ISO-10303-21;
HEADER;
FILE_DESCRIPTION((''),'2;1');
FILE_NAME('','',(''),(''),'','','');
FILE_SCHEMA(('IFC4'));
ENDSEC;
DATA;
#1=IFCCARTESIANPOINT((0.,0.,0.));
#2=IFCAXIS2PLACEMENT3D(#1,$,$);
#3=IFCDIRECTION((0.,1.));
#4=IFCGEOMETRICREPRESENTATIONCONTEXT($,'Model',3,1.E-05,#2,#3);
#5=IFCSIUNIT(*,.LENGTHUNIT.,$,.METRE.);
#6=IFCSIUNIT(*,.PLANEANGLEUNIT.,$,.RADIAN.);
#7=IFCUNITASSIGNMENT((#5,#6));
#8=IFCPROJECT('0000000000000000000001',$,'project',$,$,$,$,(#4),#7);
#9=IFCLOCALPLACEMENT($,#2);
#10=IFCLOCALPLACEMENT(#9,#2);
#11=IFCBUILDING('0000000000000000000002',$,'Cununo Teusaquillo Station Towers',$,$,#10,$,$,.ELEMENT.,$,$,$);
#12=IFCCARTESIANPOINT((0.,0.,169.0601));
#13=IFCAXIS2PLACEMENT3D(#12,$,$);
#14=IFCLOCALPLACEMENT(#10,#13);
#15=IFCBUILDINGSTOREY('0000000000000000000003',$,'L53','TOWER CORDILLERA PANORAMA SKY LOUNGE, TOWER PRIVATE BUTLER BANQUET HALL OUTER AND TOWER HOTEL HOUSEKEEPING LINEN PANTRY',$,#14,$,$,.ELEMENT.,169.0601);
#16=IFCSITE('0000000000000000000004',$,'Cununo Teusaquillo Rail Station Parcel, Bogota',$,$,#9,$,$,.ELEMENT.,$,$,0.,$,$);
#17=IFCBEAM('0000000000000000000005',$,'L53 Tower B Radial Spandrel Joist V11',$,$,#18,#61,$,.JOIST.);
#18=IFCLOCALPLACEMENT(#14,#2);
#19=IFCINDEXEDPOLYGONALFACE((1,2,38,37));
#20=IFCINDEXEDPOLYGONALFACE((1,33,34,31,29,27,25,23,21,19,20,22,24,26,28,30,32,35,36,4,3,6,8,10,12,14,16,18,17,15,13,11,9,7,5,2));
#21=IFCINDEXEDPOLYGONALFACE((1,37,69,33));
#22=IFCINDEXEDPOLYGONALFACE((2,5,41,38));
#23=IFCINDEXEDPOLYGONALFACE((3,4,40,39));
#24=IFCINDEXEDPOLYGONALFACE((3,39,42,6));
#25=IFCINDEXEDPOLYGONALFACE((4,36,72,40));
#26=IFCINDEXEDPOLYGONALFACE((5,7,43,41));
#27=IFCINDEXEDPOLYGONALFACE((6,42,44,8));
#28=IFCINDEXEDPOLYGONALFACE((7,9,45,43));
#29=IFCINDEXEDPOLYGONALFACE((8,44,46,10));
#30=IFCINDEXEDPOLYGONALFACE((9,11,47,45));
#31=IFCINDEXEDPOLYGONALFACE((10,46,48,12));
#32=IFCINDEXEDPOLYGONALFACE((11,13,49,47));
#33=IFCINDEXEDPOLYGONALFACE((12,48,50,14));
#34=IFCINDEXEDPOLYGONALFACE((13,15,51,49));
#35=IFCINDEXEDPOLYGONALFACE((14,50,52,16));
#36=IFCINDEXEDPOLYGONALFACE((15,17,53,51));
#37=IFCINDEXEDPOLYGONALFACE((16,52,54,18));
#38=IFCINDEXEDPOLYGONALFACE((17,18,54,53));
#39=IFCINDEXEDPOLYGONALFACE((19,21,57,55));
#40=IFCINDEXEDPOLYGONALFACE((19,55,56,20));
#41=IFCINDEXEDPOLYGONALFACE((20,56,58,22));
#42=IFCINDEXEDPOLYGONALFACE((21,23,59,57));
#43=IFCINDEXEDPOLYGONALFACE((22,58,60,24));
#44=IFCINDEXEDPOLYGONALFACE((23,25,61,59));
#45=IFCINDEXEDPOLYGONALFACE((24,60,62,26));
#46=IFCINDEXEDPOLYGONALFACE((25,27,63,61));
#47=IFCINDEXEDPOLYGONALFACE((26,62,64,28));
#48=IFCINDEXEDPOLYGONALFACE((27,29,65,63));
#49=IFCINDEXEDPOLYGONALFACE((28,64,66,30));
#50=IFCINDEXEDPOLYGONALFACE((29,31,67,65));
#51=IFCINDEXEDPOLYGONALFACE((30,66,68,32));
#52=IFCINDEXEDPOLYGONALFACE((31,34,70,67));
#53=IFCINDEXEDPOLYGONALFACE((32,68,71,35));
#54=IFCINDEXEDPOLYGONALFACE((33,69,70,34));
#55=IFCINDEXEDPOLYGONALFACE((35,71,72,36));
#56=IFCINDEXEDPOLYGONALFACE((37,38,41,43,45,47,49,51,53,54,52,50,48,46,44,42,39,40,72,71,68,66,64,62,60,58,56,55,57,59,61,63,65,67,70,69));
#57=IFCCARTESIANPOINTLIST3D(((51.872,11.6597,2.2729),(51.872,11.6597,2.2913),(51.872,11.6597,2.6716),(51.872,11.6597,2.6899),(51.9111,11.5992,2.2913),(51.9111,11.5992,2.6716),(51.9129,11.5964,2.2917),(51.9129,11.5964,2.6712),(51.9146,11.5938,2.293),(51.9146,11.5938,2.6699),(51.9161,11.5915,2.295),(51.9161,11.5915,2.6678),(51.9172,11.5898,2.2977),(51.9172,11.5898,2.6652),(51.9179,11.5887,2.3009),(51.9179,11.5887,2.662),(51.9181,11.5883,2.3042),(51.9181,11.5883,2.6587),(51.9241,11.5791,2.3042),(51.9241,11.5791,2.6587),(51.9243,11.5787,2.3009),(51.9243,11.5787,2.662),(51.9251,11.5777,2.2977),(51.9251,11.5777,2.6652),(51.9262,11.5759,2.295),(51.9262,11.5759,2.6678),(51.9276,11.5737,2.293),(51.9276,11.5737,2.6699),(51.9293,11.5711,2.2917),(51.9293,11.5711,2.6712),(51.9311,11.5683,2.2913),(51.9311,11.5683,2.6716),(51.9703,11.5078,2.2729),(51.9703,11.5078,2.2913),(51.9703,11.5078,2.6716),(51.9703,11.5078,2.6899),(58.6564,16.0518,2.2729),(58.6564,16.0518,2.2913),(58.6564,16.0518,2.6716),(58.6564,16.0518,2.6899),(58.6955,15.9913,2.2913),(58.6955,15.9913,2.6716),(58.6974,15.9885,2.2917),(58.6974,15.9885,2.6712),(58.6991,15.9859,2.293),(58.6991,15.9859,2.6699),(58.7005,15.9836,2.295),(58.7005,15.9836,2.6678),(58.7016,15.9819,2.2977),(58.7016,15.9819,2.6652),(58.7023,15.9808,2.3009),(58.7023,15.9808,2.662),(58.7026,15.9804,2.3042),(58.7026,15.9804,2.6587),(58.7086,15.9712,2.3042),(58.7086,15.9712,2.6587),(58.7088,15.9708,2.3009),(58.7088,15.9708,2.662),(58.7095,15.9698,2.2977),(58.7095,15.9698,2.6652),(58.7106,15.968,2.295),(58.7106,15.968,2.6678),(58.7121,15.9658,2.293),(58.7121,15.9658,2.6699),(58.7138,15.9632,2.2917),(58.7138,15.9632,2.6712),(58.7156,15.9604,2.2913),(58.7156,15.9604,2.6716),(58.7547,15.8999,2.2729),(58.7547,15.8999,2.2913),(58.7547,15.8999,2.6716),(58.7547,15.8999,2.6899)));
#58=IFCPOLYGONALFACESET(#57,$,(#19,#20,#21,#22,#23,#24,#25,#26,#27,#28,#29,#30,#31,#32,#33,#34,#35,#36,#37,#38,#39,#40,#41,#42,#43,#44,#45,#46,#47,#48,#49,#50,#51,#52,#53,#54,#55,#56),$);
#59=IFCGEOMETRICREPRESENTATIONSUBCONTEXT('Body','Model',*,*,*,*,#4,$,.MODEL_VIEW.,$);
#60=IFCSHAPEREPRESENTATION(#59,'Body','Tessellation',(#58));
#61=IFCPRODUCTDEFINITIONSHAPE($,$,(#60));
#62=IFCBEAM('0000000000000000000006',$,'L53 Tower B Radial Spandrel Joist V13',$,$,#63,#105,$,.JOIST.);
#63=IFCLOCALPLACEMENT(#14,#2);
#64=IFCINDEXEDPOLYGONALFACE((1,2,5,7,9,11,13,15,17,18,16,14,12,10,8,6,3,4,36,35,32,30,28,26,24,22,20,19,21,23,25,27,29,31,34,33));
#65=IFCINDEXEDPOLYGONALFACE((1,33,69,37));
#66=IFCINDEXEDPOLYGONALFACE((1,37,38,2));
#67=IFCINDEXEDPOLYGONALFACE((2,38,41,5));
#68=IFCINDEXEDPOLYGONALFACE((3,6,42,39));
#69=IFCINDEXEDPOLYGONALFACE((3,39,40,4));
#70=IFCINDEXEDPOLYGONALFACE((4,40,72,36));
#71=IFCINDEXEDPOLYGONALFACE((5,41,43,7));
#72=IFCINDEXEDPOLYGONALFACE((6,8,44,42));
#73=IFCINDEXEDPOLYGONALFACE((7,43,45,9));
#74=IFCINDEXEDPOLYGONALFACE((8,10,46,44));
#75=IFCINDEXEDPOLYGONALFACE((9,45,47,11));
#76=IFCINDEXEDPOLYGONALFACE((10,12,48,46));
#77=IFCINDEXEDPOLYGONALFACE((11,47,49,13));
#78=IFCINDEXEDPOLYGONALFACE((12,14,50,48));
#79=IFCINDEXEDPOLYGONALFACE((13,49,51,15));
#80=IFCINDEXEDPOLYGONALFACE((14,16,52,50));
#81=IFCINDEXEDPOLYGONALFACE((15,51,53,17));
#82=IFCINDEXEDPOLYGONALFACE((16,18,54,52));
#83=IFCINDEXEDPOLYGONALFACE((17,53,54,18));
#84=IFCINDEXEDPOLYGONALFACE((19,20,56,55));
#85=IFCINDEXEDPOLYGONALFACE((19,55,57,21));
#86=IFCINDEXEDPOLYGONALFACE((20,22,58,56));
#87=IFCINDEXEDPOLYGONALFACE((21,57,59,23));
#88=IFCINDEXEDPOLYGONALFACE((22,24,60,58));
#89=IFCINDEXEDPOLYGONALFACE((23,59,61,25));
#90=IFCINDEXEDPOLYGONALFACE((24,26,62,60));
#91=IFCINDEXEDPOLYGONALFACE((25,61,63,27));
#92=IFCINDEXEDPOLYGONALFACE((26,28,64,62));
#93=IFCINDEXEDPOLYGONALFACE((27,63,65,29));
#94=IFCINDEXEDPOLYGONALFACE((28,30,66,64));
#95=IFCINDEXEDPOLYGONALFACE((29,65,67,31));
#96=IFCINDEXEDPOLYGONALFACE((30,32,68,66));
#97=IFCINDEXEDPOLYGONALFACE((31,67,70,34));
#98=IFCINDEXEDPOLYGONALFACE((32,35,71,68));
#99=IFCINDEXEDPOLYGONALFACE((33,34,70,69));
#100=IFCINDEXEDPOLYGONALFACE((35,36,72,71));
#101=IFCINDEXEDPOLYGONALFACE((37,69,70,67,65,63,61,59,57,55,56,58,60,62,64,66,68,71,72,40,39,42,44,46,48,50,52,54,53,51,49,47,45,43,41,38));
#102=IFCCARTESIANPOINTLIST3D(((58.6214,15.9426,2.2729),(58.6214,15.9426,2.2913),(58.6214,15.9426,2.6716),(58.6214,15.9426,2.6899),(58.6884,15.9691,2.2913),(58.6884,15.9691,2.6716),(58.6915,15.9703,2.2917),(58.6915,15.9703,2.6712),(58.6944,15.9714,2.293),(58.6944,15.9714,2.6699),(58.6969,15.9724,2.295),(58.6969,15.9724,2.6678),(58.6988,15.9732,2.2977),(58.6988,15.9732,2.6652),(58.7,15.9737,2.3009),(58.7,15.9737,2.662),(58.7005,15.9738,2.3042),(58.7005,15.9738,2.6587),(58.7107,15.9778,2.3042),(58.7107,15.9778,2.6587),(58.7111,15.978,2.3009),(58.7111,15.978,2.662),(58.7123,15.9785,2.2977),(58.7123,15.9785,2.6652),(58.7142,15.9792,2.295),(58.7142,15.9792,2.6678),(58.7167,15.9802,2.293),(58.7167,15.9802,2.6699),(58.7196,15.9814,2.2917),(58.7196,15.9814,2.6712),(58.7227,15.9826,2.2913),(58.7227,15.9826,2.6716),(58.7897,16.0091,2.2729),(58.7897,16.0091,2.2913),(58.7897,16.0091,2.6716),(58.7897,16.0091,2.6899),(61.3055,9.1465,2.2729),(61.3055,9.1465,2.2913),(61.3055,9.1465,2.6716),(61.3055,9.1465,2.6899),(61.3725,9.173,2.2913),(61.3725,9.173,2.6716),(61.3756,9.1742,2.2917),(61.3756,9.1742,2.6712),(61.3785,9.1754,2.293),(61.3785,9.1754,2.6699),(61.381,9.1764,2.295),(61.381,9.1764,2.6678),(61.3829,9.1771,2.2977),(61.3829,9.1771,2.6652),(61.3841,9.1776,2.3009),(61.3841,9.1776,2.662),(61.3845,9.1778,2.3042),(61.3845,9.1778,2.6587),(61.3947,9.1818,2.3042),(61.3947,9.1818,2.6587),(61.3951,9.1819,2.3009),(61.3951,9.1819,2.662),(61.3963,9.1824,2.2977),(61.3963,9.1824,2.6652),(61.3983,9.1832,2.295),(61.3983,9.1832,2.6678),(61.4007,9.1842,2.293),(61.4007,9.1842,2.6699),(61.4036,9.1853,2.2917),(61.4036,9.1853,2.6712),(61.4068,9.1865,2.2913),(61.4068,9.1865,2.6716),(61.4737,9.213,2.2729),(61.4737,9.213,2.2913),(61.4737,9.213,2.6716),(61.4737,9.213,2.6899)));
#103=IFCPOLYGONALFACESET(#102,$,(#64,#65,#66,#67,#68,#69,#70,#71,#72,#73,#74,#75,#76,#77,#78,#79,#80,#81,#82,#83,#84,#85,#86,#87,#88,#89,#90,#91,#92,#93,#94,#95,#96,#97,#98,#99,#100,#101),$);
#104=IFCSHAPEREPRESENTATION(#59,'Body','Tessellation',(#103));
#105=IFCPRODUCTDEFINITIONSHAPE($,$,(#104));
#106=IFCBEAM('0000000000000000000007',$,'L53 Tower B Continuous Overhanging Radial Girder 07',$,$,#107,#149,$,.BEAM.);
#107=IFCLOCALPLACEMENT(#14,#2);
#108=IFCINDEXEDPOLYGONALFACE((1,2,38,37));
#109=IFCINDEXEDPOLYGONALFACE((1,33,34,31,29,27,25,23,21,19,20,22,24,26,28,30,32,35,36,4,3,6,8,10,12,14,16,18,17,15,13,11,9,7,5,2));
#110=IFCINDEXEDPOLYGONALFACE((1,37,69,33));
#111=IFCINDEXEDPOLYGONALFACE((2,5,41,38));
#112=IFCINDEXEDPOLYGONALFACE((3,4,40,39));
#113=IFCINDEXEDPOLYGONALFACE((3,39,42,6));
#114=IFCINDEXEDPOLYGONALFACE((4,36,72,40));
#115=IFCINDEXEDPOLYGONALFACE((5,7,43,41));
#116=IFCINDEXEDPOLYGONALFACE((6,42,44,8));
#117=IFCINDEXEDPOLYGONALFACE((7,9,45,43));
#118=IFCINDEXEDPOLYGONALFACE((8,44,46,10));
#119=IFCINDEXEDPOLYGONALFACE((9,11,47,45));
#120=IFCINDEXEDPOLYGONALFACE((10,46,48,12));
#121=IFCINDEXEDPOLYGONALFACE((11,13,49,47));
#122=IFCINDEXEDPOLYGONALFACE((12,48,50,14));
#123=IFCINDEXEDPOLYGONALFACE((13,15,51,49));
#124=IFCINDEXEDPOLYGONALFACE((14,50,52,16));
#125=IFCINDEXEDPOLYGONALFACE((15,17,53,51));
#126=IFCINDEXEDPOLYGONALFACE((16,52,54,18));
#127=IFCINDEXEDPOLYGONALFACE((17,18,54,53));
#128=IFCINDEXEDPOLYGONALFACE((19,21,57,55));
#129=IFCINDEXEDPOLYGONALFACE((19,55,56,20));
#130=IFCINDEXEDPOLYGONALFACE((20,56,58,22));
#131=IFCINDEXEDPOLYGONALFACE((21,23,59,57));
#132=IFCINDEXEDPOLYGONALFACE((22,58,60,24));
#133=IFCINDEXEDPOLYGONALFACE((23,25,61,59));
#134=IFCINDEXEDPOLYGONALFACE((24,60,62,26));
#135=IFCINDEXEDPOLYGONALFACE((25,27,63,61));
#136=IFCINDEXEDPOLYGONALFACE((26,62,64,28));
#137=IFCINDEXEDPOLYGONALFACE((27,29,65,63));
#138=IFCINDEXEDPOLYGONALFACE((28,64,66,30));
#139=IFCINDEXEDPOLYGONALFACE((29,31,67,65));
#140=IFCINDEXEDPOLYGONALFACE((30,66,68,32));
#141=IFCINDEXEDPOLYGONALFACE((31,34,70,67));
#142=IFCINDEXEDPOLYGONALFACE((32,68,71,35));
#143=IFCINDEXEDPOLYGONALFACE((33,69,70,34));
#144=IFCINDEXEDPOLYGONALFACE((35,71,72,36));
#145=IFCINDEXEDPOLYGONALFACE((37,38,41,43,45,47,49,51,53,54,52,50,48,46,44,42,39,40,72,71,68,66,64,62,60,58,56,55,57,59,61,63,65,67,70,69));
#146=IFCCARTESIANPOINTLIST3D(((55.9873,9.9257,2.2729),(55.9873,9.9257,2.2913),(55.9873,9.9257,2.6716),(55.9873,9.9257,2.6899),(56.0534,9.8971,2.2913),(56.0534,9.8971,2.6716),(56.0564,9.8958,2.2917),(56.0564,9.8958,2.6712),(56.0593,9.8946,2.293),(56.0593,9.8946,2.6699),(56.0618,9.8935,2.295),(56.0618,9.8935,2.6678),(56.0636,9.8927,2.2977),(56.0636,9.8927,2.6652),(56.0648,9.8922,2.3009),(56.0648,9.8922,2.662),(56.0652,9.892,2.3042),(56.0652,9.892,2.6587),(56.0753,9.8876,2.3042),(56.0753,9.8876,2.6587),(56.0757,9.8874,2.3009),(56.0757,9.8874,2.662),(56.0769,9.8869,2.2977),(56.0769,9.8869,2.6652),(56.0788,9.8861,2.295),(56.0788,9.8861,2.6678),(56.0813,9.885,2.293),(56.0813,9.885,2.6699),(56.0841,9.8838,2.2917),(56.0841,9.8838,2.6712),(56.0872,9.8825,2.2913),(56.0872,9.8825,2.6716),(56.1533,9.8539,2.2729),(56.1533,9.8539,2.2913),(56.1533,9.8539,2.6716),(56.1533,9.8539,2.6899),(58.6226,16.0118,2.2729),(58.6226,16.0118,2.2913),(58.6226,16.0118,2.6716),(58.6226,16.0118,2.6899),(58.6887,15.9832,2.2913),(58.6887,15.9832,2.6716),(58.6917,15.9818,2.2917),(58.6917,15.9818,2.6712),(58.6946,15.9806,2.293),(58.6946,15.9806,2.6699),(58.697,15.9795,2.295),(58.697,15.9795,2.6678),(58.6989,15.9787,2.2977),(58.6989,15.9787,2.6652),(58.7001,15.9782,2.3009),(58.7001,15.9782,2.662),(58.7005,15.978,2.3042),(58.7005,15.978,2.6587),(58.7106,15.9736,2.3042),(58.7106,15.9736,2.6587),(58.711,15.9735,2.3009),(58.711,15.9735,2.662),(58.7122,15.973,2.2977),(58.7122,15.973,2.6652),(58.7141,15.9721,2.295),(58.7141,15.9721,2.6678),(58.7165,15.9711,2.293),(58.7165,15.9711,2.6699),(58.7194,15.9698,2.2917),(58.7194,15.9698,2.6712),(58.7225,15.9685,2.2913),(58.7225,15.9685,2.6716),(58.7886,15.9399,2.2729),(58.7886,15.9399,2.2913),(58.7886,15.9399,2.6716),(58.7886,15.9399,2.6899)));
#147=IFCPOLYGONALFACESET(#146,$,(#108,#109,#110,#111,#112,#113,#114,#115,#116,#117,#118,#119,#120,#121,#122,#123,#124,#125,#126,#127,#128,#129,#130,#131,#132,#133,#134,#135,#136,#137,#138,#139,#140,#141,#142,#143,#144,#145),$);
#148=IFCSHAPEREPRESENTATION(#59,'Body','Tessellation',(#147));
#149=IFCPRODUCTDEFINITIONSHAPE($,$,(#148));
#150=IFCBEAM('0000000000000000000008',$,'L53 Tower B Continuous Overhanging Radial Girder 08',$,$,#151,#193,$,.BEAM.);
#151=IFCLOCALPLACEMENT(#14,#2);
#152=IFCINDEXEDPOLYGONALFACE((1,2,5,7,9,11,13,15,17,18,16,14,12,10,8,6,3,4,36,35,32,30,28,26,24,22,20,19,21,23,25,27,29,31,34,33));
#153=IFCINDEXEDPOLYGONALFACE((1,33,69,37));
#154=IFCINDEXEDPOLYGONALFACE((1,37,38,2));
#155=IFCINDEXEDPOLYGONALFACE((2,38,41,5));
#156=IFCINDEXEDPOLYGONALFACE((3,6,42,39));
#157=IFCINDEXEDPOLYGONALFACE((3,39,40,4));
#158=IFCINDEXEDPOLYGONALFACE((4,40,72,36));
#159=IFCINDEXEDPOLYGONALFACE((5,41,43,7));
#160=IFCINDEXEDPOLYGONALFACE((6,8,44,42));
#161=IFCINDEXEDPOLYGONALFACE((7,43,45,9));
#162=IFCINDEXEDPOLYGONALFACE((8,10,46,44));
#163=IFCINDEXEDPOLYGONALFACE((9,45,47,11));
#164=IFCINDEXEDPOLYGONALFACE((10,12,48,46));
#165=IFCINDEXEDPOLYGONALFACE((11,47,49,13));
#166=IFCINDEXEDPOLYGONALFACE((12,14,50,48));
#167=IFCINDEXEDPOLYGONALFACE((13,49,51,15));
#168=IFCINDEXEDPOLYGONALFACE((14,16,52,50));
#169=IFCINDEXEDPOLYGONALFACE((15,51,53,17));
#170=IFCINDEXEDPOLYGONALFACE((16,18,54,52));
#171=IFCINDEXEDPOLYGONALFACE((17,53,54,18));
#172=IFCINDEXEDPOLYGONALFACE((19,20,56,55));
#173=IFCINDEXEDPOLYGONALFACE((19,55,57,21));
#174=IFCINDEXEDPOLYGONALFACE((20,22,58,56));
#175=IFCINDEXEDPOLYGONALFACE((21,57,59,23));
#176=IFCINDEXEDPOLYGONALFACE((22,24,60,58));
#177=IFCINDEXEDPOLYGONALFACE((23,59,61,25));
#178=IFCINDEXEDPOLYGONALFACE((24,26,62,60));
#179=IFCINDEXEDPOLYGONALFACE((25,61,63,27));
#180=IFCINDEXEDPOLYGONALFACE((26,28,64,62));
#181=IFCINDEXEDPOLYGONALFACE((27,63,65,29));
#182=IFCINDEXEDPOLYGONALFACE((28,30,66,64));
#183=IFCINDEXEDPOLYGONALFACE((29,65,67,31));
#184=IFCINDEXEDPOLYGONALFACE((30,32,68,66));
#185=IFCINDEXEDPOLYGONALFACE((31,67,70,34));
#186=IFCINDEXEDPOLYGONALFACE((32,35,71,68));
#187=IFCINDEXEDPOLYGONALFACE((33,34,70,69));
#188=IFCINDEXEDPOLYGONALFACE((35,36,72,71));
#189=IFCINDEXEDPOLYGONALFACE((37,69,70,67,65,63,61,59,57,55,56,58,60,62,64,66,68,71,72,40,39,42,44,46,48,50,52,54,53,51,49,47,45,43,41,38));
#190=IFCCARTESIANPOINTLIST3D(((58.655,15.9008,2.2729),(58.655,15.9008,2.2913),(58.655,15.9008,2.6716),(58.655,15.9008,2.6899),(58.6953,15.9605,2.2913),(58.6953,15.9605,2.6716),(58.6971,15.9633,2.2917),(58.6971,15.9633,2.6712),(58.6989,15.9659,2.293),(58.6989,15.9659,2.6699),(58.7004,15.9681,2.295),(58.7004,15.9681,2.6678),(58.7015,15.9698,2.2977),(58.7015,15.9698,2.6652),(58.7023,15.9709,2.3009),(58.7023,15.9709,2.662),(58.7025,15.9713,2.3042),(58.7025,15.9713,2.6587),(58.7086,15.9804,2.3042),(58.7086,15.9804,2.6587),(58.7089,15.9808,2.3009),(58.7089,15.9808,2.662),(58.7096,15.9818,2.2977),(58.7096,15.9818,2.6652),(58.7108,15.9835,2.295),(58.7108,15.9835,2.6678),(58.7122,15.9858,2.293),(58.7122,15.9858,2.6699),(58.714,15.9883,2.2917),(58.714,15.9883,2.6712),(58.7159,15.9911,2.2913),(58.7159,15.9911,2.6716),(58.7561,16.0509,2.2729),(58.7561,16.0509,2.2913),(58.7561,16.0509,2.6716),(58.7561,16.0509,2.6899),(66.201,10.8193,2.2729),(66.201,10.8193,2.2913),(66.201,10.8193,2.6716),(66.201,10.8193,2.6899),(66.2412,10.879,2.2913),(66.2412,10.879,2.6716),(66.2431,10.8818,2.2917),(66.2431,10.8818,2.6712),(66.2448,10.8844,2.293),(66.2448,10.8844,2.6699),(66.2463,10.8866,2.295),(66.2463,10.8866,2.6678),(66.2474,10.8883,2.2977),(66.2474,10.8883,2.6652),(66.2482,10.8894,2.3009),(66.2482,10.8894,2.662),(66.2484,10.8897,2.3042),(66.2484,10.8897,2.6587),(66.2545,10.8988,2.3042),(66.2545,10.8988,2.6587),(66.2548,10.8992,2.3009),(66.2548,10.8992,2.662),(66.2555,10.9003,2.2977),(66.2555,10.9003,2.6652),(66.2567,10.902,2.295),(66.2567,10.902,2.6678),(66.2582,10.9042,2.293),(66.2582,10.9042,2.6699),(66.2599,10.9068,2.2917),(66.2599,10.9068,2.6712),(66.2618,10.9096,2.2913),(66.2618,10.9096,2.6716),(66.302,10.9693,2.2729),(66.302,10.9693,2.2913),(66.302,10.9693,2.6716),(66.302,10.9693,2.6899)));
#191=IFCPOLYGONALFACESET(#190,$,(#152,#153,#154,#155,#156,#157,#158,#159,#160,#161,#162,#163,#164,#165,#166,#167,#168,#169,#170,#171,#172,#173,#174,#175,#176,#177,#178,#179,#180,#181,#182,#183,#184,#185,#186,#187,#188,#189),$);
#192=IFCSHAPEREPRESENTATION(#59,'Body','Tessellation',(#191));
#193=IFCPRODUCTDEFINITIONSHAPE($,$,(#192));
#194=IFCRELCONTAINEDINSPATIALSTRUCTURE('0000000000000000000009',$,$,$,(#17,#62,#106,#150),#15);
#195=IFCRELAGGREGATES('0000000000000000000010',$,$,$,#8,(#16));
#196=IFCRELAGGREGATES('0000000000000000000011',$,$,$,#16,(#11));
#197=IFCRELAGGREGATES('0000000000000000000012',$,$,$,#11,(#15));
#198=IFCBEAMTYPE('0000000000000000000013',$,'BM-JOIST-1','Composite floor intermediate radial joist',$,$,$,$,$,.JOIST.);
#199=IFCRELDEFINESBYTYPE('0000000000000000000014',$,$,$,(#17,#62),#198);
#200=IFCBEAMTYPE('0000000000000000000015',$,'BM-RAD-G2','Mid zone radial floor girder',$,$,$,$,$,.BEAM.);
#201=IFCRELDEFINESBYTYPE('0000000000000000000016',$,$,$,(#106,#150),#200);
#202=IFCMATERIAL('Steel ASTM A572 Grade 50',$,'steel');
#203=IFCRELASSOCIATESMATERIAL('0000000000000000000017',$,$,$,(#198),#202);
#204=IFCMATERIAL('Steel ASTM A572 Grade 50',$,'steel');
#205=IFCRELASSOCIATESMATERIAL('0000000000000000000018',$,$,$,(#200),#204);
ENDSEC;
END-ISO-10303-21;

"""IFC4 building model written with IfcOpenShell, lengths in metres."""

from ifc_helpers import new_model, si_unit, direction, frame, origin, origin_2d, place, context, subcontext, project, spatial, i_section, extrude, material, material_profile, profile_set, type_object, element, save


model = new_model("IFC4")

# Units and contexts
model_context = context("Model", 3, precision=1e-05, world=origin(), true_north=direction((0.0, 1.0)))
body_context = subcontext(model_context, "Body", "Model", "MODEL_VIEW")
ifc_project = project(units=[si_unit("LENGTHUNIT", "METRE"), si_unit("PLANEANGLEUNIT", "RADIAN")], contexts=[model_context])

# Site, building, storey
site_placement = place(None, origin())
site = spatial("IfcSite", under=ifc_project, at=site_placement, Name="Cununo Teusaquillo Rail Station Parcel, Bogota", CompositionType="ELEMENT", RefElevation=0.0)
building_placement = place(site_placement, origin())
building = spatial("IfcBuilding", under=site, at=building_placement, Name="Cununo Teusaquillo Station Towers", CompositionType="ELEMENT")
storey_placement = place(building_placement, frame((0.0, 0.0, 169.0601)))
storey = spatial("IfcBuildingStorey", under=building, at=storey_placement, Name="L53", Description="TOWER CORDILLERA PANORAMA SKY LOUNGE, TOWER PRIVATE BUTLER BANQUET HALL OUTER AND TOWER HOTEL HOUSEKEEPING LINEN PANTRY", CompositionType="ELEMENT", Elevation=169.0601)

# Beams
ifc_material_1 = material(Name="Steel ASTM A572 Grade 50", Category="steel")
ifc_material_profile_1 = material_profile(ifc_material_1, i_section(OverallWidth=0.1809, OverallDepth=0.417, WebThickness=0.011, FlangeThickness=0.0183, FilletRadius=0.0129, at=origin_2d()), Name="W16X57")
ifc_profile_set_1 = profile_set([ifc_material_profile_1], Name="Steel ASTM A572 Grade 50")
beam_type_1 = type_object("IfcBeamType", Name="BM-JOIST-1", Description="Composite floor intermediate radial joist", PredefinedType="JOIST", material=ifc_profile_set_1)
beam_1_placement = place(storey_placement, frame((58.7056, 15.9758, 2.4814), z_axis=(-0.839448, -0.54344, 0.0), x_axis=(0.54344, -0.839448, 0.0)))
element("IfcBeam", 1, at=beam_1_placement, inside=storey, type_object=beam_type_1, Name="L53 Tower B Radial Spandrel Joist V11", PredefinedType="JOIST", context=body_context, shape_type="SweptSolid", body=[
    extrude(i_section(OverallWidth=0.1809, OverallDepth=0.417, WebThickness=0.011, FlangeThickness=0.0183, FilletRadius=0.0129, at=origin_2d()), origin(), (0.0, 0.0, 1.0), 8.082),
])
beam_2_placement = place(storey_placement, frame((58.7056, 15.9758, 2.4814), z_axis=(0.367332, -0.93009, 0.0), x_axis=(0.93009, 0.367332, 0.0)))
element("IfcBeam", 2, at=beam_2_placement, inside=storey, type_object=beam_type_1, Name="L53 Tower B Radial Spandrel Joist V13", PredefinedType="JOIST", context=body_context, shape_type="SweptSolid", body=[
    extrude(i_section(OverallWidth=0.1809, OverallDepth=0.417, WebThickness=0.011, FlangeThickness=0.0183, FilletRadius=0.0129, at=origin_2d()), origin(), (0.0, 0.0, 1.0), 7.3069),
])
ifc_material_2 = material(Name="Steel ASTM A572 Grade 50", Category="steel")
ifc_material_profile_2 = material_profile(ifc_material_2, i_section(OverallWidth=0.1809, OverallDepth=0.417, WebThickness=0.011, FlangeThickness=0.0183, FilletRadius=0.0129, at=origin_2d()), Name="W16X57")
ifc_profile_set_2 = profile_set([ifc_material_profile_2], Name="Steel ASTM A572 Grade 50")
beam_type_2 = type_object("IfcBeamType", Name="BM-RAD-G2", Description="Mid zone radial floor girder", PredefinedType="BEAM", material=ifc_profile_set_2)
beam_3_placement = place(storey_placement, frame((58.7056, 15.9758, 2.4814), z_axis=(-0.397355, -0.917665, 0.0), x_axis=(0.917665, -0.397355, 0.0)))
element("IfcBeam", 3, at=beam_3_placement, inside=storey, type_object=beam_type_2, Name="L53 Tower B Continuous Overhanging Radial Girder 07", PredefinedType="BEAM", context=body_context, shape_type="SweptSolid", body=[
    extrude(i_section(OverallWidth=0.1809, OverallDepth=0.417, WebThickness=0.011, FlangeThickness=0.0183, FilletRadius=0.0129, at=origin_2d()), origin(), (0.0, 0.0, 1.0), 6.6321),
])
beam_4_placement = place(storey_placement, frame((58.7056, 15.9758, 2.4814), z_axis=(0.829457, -0.558571, 0.0), x_axis=(0.558571, 0.829457, 0.0)))
element("IfcBeam", 4, at=beam_4_placement, inside=storey, type_object=beam_type_2, Name="L53 Tower B Continuous Overhanging Radial Girder 08", PredefinedType="BEAM", context=body_context, shape_type="SweptSolid", body=[
    extrude(i_section(OverallWidth=0.1809, OverallDepth=0.417, WebThickness=0.011, FlangeThickness=0.0183, FilletRadius=0.0129, at=origin_2d()), origin(), (0.0, 0.0, 1.0), 9.0974),
])

save(model, "model.ifc")
